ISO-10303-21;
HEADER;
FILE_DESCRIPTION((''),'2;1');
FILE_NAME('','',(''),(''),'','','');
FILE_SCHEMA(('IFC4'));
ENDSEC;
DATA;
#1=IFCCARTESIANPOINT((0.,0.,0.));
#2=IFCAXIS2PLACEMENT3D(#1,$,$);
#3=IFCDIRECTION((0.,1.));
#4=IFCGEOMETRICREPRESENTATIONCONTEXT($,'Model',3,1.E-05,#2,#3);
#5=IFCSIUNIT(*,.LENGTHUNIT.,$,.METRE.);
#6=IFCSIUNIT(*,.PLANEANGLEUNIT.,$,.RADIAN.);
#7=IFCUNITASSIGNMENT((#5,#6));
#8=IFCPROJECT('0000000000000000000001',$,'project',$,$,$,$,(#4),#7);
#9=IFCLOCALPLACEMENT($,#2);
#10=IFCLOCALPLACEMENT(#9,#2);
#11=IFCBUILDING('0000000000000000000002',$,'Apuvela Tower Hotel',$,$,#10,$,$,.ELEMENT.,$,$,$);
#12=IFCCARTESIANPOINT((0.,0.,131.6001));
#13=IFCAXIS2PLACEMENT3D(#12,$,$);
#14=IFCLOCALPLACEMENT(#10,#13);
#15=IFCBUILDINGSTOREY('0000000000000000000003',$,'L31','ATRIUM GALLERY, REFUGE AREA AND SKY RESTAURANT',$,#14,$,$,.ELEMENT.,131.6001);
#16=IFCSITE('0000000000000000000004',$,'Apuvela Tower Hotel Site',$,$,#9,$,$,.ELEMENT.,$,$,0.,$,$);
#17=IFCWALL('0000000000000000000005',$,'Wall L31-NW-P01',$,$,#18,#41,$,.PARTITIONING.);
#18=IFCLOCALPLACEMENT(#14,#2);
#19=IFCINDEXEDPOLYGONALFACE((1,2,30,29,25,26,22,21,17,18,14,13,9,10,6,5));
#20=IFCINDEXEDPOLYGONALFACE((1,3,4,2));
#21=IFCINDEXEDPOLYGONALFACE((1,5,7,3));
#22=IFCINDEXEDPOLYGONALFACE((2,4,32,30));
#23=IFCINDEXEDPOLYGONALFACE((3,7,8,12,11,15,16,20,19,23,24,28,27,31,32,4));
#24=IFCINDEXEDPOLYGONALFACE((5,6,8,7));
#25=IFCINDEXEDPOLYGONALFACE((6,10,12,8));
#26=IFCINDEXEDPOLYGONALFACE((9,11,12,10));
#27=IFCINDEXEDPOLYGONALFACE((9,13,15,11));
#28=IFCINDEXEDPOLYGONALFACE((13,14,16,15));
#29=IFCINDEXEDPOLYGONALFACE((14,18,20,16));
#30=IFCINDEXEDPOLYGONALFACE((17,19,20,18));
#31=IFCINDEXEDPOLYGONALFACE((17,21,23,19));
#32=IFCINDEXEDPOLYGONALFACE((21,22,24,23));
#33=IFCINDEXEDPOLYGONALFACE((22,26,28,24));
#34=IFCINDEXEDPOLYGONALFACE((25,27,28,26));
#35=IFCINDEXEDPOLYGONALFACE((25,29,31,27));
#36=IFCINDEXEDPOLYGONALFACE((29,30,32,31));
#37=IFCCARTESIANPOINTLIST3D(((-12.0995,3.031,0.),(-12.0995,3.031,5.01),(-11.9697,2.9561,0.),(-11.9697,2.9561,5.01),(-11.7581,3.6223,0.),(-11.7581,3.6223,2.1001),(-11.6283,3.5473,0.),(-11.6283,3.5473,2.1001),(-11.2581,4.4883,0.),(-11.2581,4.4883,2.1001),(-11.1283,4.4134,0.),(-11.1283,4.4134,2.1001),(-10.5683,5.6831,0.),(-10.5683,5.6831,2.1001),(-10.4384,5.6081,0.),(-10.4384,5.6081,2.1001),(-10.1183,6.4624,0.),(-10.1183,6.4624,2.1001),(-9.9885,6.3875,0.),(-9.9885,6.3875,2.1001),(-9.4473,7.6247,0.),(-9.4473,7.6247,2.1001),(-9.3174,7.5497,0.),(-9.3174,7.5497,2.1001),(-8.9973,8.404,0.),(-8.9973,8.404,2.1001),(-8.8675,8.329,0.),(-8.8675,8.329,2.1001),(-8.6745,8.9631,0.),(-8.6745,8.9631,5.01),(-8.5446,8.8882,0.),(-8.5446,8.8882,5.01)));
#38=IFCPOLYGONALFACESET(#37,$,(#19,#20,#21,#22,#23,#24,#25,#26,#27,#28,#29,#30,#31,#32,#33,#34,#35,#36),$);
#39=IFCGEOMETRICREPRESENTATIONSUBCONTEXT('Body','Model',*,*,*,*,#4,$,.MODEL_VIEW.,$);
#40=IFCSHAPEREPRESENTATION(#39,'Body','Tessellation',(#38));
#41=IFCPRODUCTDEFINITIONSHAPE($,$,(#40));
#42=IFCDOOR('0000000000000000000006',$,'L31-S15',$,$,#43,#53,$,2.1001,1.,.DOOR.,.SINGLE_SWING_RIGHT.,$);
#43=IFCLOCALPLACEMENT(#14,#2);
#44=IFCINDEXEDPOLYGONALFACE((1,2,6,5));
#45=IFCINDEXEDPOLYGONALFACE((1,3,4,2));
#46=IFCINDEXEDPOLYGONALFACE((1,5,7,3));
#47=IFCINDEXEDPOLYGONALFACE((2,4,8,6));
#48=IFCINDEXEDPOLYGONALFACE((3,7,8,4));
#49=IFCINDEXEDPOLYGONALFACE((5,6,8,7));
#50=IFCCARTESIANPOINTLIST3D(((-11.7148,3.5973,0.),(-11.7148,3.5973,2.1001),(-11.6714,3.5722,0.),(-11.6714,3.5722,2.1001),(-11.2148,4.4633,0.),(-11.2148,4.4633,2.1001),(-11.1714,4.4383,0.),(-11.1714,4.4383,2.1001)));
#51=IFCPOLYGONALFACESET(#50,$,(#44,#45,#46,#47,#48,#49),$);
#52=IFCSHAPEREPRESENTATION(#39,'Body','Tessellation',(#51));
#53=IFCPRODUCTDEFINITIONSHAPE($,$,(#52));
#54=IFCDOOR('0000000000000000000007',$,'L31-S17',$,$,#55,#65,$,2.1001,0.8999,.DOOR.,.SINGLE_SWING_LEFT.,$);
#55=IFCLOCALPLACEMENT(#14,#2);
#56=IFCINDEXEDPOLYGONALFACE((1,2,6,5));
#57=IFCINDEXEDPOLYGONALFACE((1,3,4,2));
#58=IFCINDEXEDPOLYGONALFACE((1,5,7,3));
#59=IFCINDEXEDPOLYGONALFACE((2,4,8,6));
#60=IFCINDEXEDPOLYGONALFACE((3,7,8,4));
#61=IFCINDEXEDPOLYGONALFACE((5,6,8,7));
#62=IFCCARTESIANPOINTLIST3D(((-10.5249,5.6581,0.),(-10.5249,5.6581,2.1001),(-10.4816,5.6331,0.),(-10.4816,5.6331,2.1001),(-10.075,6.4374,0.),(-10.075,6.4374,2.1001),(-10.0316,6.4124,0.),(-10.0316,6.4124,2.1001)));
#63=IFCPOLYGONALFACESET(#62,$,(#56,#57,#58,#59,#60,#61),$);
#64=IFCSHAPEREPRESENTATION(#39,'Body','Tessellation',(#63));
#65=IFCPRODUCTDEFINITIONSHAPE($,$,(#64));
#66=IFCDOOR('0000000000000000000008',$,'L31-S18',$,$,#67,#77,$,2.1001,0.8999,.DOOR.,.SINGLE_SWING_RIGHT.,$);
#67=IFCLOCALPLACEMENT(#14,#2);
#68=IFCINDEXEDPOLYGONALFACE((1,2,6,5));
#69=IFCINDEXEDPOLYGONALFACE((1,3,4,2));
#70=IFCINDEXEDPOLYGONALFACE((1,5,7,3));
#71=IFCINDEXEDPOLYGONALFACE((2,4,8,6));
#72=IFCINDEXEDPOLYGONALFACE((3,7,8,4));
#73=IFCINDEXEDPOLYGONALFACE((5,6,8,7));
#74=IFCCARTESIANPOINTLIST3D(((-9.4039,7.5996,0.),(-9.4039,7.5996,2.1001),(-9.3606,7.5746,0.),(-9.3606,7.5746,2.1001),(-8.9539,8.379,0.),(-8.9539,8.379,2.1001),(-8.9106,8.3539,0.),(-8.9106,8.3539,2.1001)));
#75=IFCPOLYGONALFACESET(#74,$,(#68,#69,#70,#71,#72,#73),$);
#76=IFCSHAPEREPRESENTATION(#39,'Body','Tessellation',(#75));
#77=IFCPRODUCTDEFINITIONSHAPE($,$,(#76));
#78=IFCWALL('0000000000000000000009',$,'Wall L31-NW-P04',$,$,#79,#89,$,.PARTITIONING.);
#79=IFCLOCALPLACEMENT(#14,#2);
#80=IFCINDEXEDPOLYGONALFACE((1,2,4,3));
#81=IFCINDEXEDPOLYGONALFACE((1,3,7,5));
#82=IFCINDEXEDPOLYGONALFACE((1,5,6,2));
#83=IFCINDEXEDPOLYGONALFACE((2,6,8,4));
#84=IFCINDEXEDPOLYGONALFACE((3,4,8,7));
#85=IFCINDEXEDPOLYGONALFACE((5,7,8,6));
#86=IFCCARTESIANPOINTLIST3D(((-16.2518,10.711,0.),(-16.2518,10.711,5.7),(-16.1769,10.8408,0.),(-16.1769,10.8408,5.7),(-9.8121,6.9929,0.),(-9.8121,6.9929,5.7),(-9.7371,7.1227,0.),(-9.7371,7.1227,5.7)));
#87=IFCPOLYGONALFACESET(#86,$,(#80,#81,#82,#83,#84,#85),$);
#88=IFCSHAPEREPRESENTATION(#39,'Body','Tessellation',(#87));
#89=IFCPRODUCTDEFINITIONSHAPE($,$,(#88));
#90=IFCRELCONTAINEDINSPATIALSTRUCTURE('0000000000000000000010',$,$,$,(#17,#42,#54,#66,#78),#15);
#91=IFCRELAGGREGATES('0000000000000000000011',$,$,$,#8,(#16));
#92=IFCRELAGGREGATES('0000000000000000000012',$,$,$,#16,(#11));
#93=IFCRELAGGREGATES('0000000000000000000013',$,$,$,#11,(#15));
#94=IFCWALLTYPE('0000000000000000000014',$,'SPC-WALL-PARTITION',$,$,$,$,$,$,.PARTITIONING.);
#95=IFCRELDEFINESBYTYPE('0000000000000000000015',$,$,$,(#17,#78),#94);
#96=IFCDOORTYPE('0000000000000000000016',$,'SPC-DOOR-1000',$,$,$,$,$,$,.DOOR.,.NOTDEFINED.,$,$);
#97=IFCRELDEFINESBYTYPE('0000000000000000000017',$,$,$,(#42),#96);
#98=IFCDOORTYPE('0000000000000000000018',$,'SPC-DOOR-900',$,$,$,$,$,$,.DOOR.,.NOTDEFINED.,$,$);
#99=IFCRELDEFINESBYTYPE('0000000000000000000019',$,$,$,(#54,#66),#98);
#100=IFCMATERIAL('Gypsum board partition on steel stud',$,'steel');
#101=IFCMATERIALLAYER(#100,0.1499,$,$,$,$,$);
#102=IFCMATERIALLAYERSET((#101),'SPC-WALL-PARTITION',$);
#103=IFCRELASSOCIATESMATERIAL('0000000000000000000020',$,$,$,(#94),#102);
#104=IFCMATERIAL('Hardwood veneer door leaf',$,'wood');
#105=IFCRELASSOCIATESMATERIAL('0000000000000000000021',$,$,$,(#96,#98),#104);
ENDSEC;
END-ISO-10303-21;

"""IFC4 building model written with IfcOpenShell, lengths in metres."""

from ifc_helpers import new_model, si_unit, direction, frame, frame_2d, origin, place, context, subcontext, project, spatial, rectangle, extrude, material, layer, layer_set, type_object, element, fill, save


model = new_model("IFC4")

# Units and contexts
model_context = context("Model", 3, precision=1e-05, world=origin(), true_north=direction((0.0, 1.0)))
body_context = subcontext(model_context, "Body", "Model", "MODEL_VIEW")
ifc_project = project(units=[si_unit("LENGTHUNIT", "METRE"), si_unit("PLANEANGLEUNIT", "RADIAN")], contexts=[model_context])

# Site, building, storey
site_placement = place(None, origin())
site = spatial("IfcSite", under=ifc_project, at=site_placement, Name="Apuvela Tower Hotel Site", CompositionType="ELEMENT", RefElevation=0.0)
building_placement = place(site_placement, origin())
building = spatial("IfcBuilding", under=site, at=building_placement, Name="Apuvela Tower Hotel", CompositionType="ELEMENT")
storey_placement = place(building_placement, frame((0.0, 0.0, 131.6001)))
storey = spatial("IfcBuildingStorey", under=building, at=storey_placement, Name="L31", Description="ATRIUM GALLERY, REFUGE AREA AND SKY RESTAURANT", CompositionType="ELEMENT", Elevation=131.6001)

# Wall, openings, doors
ifc_material_1 = material(Name="Gypsum board partition on steel stud", Category="steel")
ifc_layer_1 = layer(ifc_material_1, 0.1499)
ifc_layer_set_1 = layer_set([ifc_layer_1], Name="SPC-WALL-PARTITION")
wall_type_1 = type_object("IfcWallType", Name="SPC-WALL-PARTITION", PredefinedType="PARTITIONING", material=ifc_layer_set_1)
wall_1_placement = place(storey_placement, frame((-8.6096, 8.9255, 0.0), z_axis=(0.0, 0.0, 1.0), x_axis=(-0.500015, -0.866017, 0.0)))
wall_1 = element("IfcWall", 1, at=wall_1_placement, inside=storey, type_object=wall_type_1, Name="Wall L31-NW-P01", PredefinedType="PARTITIONING", context=body_context, shape_type="SweptSolid", body=[
    extrude(rectangle(XDim=6.8499, YDim=0.1499, at=frame_2d((3.4248, 0.0))), origin(), (0.0, 0.0, 1.0), 5.01),
])
opening_1_placement = place(wall_1_placement, frame((5.167, 0.0, 0.0)))
opening_1 = element("IfcOpeningElement", 2, at=opening_1_placement, cuts=wall_1, PredefinedType="OPENING", context=body_context, shape_type="SweptSolid", body=[
    extrude(rectangle(XDim=1.0, YDim=2.1001, at=frame_2d((0.5, 1.05))), frame((0.0, 0.085, 0.0), z_axis=(0.0, -1.0, 0.0), x_axis=(1.0, 0.0, 0.0)), (0.0, 0.0, 1.0), 0.1699),
])
opening_2_placement = place(wall_1_placement, frame((2.8875, 0.0, 0.0)))
opening_2 = element("IfcOpeningElement", 3, at=opening_2_placement, cuts=wall_1, PredefinedType="OPENING", context=body_context, shape_type="SweptSolid", body=[
    extrude(rectangle(XDim=0.8999, YDim=2.1001, at=frame_2d((0.45, 1.05))), frame((0.0, 0.085, 0.0), z_axis=(0.0, -1.0, 0.0), x_axis=(1.0, 0.0, 0.0)), (0.0, 0.0, 1.0), 0.1699),
])
opening_3_placement = place(wall_1_placement, frame((0.6455, 0.0, 0.0)))
opening_3 = element("IfcOpeningElement", 4, at=opening_3_placement, cuts=wall_1, PredefinedType="OPENING", context=body_context, shape_type="SweptSolid", body=[
    extrude(rectangle(XDim=0.8999, YDim=2.1001, at=frame_2d((0.45, 1.05))), frame((0.0, 0.085, 0.0), z_axis=(0.0, -1.0, 0.0), x_axis=(1.0, 0.0, 0.0)), (0.0, 0.0, 1.0), 0.1699),
])
ifc_material_2 = material(Name="Hardwood veneer door leaf", Category="wood")
door_type_1 = type_object("IfcDoorType", Name="SPC-DOOR-1000", OperationType="NOTDEFINED", PredefinedType="DOOR", material=ifc_material_2)
door_1_placement = place(opening_1_placement, frame((1.0, 0.0, 0.0), z_axis=(0.0, 0.0, 1.0), x_axis=(-1.0, 0.0, 0.0)))
door_1 = element("IfcDoor", 5, at=door_1_placement, inside=storey, type_object=door_type_1, Name="L31-S15", OperationType="SINGLE_SWING_RIGHT", OverallHeight=2.1001, OverallWidth=1.0, PredefinedType="DOOR", context=body_context, shape_type="SweptSolid", body=[
    extrude(rectangle(XDim=1.0, YDim=2.1001, at=frame_2d((0.5, 1.05))), frame((0.0, 0.0249, 0.0), z_axis=(0.0, -1.0, 0.0), x_axis=(1.0, 0.0, 0.0)), (0.0, 0.0, 1.0), 0.05),
])
fill(opening_1, door_1)
door_type_2 = type_object("IfcDoorType", Name="SPC-DOOR-900", OperationType="NOTDEFINED", PredefinedType="DOOR", material=ifc_material_2)
door_2_placement = place(opening_2_placement, frame((0.8999, 0.0, 0.0), z_axis=(0.0, 0.0, 1.0), x_axis=(-1.0, 0.0, 0.0)))
door_2 = element("IfcDoor", 6, at=door_2_placement, inside=storey, type_object=door_type_2, Name="L31-S17", OperationType="SINGLE_SWING_LEFT", OverallHeight=2.1001, OverallWidth=0.8999, PredefinedType="DOOR", context=body_context, shape_type="SweptSolid", body=[
    extrude(rectangle(XDim=0.8999, YDim=2.1001, at=frame_2d((0.45, 1.05))), frame((0.0, 0.0249, 0.0), z_axis=(0.0, -1.0, 0.0), x_axis=(1.0, 0.0, 0.0)), (0.0, 0.0, 1.0), 0.05),
])
fill(opening_2, door_2)
door_3_placement = place(opening_3_placement, frame((0.8999, 0.0, 0.0), z_axis=(0.0, 0.0, 1.0), x_axis=(-1.0, 0.0, 0.0)))
door_3 = element("IfcDoor", 7, at=door_3_placement, inside=storey, type_object=door_type_2, Name="L31-S18", OperationType="SINGLE_SWING_RIGHT", OverallHeight=2.1001, OverallWidth=0.8999, PredefinedType="DOOR", context=body_context, shape_type="SweptSolid", body=[
    extrude(rectangle(XDim=0.8999, YDim=2.1001, at=frame_2d((0.45, 1.05))), frame((0.0, 0.0249, 0.0), z_axis=(0.0, -1.0, 0.0), x_axis=(1.0, 0.0, 0.0)), (0.0, 0.0, 1.0), 0.05),
])
fill(opening_3, door_3)

# Wall
wall_2_placement = place(storey_placement, frame((-16.2144, 10.7759, 0.0), z_axis=(0.0, 0.0, 1.0), x_axis=(0.866022, -0.500006, 0.0)))
element("IfcWall", 8, at=wall_2_placement, inside=storey, type_object=wall_type_1, Name="Wall L31-NW-P04", PredefinedType="PARTITIONING", context=body_context, shape_type="SweptSolid", body=[
    extrude(rectangle(XDim=7.436, YDim=0.1499, at=frame_2d((3.718, 0.0))), origin(), (0.0, 0.0, 1.0), 5.7),
])

save(model, "model.ifc")
